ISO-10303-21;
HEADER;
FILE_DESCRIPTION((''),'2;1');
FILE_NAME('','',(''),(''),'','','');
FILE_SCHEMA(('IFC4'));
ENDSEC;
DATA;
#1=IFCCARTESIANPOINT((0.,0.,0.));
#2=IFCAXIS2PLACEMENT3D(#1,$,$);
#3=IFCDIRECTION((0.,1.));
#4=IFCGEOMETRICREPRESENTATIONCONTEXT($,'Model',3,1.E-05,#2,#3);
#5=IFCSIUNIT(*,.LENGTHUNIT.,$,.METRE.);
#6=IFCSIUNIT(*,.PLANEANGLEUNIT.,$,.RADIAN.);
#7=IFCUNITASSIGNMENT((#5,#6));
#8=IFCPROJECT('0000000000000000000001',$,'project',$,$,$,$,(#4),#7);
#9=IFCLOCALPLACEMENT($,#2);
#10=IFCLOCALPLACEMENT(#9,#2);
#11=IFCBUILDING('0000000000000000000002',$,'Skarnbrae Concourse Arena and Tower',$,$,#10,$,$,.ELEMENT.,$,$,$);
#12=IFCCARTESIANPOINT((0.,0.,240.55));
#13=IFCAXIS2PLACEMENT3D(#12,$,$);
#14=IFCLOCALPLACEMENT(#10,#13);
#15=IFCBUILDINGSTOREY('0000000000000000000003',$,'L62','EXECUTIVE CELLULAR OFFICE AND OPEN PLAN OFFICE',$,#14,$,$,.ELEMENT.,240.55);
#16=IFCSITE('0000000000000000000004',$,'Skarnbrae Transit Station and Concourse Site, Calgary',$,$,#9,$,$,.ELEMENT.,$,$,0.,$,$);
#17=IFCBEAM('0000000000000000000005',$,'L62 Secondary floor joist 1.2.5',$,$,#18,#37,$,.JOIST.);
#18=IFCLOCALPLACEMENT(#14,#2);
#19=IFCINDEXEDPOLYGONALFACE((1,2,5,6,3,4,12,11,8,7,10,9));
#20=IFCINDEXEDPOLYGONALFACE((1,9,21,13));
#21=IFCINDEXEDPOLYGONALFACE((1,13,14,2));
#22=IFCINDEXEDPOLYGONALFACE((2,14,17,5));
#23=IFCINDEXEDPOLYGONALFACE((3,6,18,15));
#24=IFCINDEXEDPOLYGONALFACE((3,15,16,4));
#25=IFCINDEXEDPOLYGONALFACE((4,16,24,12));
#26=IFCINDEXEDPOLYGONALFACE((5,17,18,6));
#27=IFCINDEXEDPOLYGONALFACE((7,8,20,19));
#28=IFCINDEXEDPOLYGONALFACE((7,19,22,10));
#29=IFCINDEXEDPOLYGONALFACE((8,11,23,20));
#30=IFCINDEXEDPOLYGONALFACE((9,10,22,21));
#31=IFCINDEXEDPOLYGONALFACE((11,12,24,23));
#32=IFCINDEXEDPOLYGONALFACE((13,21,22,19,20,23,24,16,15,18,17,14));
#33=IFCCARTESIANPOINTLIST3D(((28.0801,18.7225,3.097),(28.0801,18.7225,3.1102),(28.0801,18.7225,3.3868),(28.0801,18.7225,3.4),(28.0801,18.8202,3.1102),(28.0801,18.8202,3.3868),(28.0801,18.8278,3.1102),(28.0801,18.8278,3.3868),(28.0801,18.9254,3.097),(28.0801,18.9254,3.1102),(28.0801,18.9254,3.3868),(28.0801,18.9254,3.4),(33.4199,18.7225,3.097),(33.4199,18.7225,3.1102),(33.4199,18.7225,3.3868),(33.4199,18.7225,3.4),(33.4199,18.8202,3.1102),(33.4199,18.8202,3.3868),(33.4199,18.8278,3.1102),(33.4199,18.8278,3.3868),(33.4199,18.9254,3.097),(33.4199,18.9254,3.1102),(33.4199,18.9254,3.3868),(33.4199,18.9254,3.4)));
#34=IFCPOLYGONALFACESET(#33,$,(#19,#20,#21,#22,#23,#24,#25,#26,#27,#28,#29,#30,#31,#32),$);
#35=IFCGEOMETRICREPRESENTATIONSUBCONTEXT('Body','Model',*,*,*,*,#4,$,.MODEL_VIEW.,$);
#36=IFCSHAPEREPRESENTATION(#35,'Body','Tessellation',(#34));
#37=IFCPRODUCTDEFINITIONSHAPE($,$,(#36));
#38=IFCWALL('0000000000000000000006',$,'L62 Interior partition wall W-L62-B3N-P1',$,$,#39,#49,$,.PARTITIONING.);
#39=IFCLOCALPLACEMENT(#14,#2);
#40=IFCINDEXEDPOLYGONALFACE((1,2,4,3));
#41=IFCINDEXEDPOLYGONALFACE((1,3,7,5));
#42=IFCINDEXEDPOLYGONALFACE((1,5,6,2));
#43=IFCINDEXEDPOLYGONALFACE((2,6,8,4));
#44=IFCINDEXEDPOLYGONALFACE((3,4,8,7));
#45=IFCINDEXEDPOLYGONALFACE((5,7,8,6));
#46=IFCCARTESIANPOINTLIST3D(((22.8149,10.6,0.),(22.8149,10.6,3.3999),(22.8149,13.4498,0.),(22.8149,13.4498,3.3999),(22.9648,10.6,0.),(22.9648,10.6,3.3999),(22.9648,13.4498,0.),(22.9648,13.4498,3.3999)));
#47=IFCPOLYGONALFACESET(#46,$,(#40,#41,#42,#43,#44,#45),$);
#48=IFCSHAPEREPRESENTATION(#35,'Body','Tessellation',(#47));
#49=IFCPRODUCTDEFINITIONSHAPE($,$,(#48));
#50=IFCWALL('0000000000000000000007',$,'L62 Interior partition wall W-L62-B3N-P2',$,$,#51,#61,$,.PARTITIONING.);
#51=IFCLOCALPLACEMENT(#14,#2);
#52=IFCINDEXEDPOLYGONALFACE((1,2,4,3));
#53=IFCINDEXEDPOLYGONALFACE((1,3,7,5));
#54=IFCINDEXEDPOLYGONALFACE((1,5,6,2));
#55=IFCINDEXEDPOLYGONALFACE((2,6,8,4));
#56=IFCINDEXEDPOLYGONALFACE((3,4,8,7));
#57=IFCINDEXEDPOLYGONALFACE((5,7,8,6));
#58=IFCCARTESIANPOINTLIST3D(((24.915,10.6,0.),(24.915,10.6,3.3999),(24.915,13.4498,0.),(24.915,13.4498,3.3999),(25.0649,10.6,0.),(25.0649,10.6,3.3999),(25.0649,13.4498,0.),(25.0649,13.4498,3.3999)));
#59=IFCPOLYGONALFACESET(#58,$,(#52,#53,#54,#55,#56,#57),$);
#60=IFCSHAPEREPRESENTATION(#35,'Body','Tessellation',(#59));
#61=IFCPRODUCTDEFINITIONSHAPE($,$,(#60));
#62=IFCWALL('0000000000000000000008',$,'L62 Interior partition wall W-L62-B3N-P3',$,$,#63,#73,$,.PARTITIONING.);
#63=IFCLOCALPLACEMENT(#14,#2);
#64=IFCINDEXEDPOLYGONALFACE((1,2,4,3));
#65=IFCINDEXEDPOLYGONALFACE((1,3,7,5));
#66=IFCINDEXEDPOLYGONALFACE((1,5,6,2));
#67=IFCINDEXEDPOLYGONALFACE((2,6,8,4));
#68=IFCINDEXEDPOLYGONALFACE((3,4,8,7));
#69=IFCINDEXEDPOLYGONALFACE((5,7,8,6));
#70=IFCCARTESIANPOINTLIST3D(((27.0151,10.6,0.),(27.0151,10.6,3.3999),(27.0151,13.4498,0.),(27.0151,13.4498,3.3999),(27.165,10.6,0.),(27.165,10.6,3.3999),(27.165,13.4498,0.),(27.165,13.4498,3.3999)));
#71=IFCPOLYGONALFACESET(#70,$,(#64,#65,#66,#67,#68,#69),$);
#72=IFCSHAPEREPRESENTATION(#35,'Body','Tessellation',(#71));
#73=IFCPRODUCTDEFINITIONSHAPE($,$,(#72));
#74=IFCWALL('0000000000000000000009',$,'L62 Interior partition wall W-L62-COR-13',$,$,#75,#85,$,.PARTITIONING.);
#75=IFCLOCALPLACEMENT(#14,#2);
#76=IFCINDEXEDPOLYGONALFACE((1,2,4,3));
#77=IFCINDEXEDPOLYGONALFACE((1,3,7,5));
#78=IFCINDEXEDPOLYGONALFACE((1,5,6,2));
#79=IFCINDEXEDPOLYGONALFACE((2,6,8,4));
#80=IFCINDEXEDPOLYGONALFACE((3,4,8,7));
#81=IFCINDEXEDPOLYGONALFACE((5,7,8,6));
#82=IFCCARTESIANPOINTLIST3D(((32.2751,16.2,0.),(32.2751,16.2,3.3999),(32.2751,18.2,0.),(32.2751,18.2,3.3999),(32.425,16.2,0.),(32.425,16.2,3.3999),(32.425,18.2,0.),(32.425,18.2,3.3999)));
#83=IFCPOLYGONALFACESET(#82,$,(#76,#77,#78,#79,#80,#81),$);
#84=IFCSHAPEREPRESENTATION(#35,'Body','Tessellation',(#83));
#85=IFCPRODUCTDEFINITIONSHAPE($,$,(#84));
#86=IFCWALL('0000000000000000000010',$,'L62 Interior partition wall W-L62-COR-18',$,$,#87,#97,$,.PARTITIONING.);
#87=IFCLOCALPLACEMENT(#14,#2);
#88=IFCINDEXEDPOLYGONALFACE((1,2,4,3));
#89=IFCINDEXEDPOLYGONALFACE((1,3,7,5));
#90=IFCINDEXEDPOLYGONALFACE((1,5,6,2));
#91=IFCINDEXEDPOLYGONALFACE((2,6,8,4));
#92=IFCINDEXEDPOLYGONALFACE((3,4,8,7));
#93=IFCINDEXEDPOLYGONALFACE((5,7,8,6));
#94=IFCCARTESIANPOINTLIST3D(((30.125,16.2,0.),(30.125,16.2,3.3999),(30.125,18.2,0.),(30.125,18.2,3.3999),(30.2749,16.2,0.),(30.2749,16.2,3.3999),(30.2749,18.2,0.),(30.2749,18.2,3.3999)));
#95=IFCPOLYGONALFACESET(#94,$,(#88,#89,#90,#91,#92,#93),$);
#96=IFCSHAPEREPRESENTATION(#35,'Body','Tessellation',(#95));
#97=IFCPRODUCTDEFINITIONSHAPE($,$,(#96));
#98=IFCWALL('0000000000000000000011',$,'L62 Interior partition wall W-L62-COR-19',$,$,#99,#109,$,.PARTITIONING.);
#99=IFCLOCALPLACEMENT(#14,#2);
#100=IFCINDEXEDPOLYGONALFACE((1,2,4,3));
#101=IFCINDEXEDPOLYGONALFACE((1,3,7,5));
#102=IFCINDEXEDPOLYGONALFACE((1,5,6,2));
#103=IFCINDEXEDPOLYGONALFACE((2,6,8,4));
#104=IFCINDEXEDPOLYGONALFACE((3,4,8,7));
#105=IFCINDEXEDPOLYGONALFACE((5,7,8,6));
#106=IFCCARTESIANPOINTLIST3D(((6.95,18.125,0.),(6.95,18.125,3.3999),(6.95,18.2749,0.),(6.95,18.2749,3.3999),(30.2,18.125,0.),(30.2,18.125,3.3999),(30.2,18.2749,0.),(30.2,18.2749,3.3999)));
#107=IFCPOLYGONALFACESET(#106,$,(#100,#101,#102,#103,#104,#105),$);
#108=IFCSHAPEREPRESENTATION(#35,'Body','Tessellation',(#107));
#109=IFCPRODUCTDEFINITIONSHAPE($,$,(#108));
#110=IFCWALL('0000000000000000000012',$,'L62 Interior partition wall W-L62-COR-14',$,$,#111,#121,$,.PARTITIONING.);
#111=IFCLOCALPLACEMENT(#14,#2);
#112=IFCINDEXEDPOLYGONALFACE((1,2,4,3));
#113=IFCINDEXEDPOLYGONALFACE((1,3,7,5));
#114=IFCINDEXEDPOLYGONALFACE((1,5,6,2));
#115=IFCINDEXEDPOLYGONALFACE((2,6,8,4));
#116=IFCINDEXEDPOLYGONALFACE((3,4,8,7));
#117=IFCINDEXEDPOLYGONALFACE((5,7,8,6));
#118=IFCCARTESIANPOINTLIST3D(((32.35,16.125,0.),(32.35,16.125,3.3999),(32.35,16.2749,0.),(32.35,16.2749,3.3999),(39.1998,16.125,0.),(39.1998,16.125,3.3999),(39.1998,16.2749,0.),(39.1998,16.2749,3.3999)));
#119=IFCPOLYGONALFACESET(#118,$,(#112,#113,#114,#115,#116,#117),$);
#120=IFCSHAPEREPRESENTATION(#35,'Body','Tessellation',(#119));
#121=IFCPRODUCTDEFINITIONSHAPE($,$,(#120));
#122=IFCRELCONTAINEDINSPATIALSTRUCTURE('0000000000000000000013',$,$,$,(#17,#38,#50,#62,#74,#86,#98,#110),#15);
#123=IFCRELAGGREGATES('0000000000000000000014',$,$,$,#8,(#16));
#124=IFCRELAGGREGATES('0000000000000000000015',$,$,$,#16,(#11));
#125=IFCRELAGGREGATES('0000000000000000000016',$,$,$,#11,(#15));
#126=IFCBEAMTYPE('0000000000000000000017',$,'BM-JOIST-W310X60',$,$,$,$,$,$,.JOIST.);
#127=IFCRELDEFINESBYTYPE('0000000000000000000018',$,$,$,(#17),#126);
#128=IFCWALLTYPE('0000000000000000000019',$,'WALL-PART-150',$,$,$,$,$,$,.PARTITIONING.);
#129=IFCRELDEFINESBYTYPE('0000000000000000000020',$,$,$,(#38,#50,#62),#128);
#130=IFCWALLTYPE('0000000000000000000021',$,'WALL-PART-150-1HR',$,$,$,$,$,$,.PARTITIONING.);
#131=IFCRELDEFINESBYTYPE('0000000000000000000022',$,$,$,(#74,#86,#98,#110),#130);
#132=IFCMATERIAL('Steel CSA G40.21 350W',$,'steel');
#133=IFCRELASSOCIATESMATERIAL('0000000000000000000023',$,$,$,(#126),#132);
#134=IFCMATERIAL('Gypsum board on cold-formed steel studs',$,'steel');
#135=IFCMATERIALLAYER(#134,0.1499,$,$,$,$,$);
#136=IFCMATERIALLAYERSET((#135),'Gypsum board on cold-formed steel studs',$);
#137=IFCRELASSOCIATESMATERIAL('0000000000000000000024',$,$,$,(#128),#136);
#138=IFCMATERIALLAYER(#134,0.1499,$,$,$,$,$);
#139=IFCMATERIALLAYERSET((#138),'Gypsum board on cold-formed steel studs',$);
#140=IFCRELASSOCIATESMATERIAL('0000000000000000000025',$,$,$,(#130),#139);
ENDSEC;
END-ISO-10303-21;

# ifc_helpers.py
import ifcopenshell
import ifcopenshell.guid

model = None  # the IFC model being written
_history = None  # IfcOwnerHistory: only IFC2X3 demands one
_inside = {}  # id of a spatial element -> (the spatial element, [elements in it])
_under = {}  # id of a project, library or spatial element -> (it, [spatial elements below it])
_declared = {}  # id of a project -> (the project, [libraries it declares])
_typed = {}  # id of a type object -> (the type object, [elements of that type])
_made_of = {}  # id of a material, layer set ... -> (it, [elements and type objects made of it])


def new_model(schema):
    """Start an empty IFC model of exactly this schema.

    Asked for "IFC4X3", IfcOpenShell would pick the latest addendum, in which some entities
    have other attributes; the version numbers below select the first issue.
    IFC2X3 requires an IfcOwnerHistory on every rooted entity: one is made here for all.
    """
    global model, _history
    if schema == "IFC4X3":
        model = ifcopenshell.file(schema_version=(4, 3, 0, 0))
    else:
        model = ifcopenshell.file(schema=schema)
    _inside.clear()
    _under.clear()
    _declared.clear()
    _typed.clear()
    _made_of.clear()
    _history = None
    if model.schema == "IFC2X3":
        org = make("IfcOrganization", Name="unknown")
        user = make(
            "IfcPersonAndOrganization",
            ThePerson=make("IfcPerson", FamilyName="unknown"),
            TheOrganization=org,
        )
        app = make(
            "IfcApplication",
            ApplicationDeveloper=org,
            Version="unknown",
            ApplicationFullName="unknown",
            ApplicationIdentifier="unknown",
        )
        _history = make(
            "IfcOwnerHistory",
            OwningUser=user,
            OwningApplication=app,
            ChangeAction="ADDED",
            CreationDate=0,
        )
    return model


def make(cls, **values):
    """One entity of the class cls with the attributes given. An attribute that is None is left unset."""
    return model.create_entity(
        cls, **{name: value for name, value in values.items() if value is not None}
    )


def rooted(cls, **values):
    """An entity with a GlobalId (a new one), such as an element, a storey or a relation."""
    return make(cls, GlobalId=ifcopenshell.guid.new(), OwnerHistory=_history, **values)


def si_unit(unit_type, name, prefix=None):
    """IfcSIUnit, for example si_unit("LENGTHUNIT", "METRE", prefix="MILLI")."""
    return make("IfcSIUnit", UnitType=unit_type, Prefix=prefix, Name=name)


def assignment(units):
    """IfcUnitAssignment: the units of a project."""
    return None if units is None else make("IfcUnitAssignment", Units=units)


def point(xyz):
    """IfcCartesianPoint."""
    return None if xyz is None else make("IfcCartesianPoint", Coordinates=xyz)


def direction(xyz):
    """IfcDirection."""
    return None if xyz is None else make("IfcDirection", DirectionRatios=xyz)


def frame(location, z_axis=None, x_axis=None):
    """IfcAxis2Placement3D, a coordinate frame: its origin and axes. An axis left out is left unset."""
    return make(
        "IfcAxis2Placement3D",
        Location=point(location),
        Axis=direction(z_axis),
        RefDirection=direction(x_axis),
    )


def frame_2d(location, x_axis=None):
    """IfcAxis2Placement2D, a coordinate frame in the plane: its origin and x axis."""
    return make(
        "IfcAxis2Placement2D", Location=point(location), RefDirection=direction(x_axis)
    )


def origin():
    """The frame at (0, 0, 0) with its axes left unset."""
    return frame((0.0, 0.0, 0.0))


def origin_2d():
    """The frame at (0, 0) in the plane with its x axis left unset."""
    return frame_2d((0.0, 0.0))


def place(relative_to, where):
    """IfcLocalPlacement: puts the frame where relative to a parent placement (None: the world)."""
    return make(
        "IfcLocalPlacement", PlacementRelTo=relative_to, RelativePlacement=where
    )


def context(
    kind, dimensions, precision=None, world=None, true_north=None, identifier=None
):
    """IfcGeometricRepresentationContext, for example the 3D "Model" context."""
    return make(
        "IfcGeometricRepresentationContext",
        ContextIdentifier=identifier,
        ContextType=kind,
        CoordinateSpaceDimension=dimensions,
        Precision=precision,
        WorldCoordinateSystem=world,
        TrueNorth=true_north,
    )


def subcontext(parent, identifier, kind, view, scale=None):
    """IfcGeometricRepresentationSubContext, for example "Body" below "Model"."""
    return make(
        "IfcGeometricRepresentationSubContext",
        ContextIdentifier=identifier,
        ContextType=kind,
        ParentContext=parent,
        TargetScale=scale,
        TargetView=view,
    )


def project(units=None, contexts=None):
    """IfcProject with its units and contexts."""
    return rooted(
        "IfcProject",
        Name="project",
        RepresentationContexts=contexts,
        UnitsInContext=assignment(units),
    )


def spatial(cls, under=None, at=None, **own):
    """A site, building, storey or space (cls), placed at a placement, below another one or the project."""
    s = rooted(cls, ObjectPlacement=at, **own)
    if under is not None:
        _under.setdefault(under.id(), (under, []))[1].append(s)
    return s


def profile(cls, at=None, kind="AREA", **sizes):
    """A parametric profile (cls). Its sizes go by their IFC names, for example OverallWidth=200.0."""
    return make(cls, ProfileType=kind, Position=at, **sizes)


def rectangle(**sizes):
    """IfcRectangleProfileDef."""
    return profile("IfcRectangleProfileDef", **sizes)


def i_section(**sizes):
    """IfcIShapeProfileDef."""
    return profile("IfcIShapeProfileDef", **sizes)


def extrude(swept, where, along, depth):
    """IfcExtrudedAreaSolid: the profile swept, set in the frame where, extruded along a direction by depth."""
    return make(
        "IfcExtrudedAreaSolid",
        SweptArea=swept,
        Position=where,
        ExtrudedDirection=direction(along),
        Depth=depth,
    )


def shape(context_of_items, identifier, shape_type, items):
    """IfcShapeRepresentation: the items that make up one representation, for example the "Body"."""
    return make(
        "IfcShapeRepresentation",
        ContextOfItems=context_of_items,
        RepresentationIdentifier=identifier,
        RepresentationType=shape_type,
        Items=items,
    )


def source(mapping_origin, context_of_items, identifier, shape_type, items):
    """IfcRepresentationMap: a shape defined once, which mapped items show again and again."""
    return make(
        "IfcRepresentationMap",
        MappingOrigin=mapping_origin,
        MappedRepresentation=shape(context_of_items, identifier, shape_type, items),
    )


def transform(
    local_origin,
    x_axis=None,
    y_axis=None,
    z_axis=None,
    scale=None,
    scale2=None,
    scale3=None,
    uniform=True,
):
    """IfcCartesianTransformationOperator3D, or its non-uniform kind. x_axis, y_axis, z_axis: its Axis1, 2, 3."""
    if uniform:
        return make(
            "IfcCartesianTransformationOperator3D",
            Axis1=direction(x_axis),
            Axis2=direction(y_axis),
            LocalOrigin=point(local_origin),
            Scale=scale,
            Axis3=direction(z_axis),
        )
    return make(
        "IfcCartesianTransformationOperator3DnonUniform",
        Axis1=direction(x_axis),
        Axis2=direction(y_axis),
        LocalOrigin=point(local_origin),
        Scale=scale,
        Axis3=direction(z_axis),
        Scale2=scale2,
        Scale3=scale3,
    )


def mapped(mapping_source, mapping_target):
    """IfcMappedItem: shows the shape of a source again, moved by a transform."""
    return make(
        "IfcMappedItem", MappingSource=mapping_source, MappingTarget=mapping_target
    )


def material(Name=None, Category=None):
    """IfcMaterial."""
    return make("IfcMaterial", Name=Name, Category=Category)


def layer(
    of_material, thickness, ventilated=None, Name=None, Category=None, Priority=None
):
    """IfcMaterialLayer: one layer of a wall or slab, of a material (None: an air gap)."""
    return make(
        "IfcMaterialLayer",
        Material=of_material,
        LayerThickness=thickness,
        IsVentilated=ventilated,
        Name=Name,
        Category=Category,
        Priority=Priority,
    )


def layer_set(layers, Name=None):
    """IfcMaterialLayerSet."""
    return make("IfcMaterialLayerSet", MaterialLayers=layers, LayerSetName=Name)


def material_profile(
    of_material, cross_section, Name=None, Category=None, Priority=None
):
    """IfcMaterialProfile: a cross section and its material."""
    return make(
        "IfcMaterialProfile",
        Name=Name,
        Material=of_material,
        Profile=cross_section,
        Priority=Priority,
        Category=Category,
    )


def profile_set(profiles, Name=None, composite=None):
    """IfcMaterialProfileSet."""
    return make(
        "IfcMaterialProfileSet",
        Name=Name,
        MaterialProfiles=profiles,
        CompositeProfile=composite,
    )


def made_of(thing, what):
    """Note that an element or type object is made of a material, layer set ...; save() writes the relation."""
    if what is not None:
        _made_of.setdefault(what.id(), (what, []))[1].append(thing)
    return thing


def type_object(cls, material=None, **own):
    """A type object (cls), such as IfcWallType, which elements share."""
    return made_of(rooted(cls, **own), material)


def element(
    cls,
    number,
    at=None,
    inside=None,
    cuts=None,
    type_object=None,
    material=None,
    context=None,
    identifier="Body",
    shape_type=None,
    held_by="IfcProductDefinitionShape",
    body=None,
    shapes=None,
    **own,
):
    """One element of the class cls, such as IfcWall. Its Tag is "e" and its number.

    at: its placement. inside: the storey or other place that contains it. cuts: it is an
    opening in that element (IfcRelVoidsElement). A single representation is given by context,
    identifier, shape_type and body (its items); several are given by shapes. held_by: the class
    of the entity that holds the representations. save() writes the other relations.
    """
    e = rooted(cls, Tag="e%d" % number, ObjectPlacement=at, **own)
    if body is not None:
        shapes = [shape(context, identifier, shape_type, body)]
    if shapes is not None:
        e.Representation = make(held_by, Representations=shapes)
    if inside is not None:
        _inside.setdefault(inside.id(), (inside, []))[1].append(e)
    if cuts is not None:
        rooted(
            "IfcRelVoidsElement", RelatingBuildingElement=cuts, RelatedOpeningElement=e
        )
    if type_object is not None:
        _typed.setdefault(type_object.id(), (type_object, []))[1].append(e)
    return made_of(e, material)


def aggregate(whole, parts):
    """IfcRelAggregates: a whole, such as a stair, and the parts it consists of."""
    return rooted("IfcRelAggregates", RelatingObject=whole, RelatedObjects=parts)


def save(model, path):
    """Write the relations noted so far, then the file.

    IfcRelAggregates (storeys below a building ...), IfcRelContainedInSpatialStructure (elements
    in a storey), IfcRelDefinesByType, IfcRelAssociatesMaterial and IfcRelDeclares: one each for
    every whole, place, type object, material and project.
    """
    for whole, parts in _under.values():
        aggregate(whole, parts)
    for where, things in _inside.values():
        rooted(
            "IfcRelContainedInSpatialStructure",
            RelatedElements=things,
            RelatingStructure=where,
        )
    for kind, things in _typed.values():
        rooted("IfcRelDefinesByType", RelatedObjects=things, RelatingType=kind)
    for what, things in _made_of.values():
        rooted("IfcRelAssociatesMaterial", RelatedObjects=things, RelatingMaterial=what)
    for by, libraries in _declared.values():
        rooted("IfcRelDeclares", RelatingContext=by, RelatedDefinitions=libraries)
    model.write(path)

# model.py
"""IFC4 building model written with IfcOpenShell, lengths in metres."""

from ifc_helpers import new_model, si_unit, direction, frame, frame_2d, origin, origin_2d, place, context, subcontext, project, spatial, rectangle, i_section, extrude, source, transform, mapped, material, layer, layer_set, material_profile, profile_set, type_object, element, save


model = new_model("IFC4")

# Units and contexts
model_context = context("Model", 3, precision=1e-05, world=origin(), true_north=direction((0.0, 1.0)))
body_context = subcontext(model_context, "Body", "Model", "MODEL_VIEW")
ifc_project = project(units=[si_unit("LENGTHUNIT", "METRE"), si_unit("PLANEANGLEUNIT", "RADIAN")], contexts=[model_context])

# Site, building, storey
site_placement = place(None, origin())
site = spatial("IfcSite", under=ifc_project, at=site_placement, Name="Skarnbrae Transit Station and Concourse Site, Calgary", CompositionType="ELEMENT", RefElevation=0.0)
building_placement = place(site_placement, origin())
building = spatial("IfcBuilding", under=site, at=building_placement, Name="Skarnbrae Concourse Arena and Tower", CompositionType="ELEMENT")
storey_placement = place(building_placement, frame((0.0, 0.0, 240.55)))
storey = spatial("IfcBuildingStorey", under=building, at=storey_placement, Name="L62", Description="EXECUTIVE CELLULAR OFFICE AND OPEN PLAN OFFICE", CompositionType="ELEMENT", Elevation=240.55)

# Shared definitions
ifc_material_1 = material(Name="Steel CSA G40.21 350W", Category="steel")

# Beam
ifc_material_profile_1 = material_profile(ifc_material_1, i_section(OverallWidth=0.2029, OverallDepth=0.303, WebThickness=0.0076, FlangeThickness=0.0132, at=origin_2d()), Name="W310X60")
ifc_profile_set_1 = profile_set([ifc_material_profile_1], Name="Steel CSA G40.21 350W")
beam_type_1 = type_object("IfcBeamType", Name="BM-JOIST-W310X60", PredefinedType="JOIST", material=ifc_profile_set_1)
shared_shape_1 = source(origin(), body_context, "Body", "SweptSolid", [
    extrude(i_section(OverallWidth=0.2029, OverallDepth=0.303, WebThickness=0.0076, FlangeThickness=0.0132, at=origin_2d()), origin(), (0.0, 0.0, 1.0), 5.3398),
])
for number, where, z_axis, x_axis, name in (
    (1, (28.0801, 18.824, 3.2485), (1.0, 0.0, 0.0), (0.0, 1.0, 0.0), "L62 Secondary floor joist 1.2.5"),
):
    element("IfcBeam", number, at=place(storey_placement, frame(where, z_axis=z_axis, x_axis=x_axis)), inside=storey, type_object=beam_type_1, Name=name, PredefinedType="JOIST", context=body_context, shape_type="MappedRepresentation", body=[
        mapped(shared_shape_1, transform((0.0, 0.0, 0.0))),
    ])

# Walls
ifc_material_2 = material(Name="Gypsum board on cold-formed steel studs", Category="steel")
ifc_layer_1 = layer(ifc_material_2, 0.1499)
ifc_layer_set_1 = layer_set([ifc_layer_1], Name="Gypsum board on cold-formed steel studs")
wall_type_1 = type_object("IfcWallType", Name="WALL-PART-150", PredefinedType="PARTITIONING", material=ifc_layer_set_1)
shared_shape_2 = source(origin(), body_context, "Body", "SweptSolid", [
    extrude(rectangle(XDim=2.8499, YDim=0.1499, at=frame_2d((1.4248, 0.0))), origin(), (0.0, 0.0, 1.0), 3.3999),
])
for number, where, z_axis, x_axis, name in (
    (2, (22.8899, 10.6001, 0.0), (0.0, 0.0, 1.0), (0.0, 1.0, 0.0), "L62 Interior partition wall W-L62-B3N-P1"),
    (3, (24.99, 10.6001, 0.0), (0.0, 0.0, 1.0), (0.0, 1.0, 0.0), "L62 Interior partition wall W-L62-B3N-P2"),
    (4, (27.0901, 10.6001, 0.0), (0.0, 0.0, 1.0), (0.0, 1.0, 0.0), "L62 Interior partition wall W-L62-B3N-P3"),
):
    element("IfcWall", number, at=place(storey_placement, frame(where, z_axis=z_axis, x_axis=x_axis)), inside=storey, type_object=wall_type_1, Name=name, PredefinedType="PARTITIONING", context=body_context, shape_type="MappedRepresentation", body=[
        mapped(shared_shape_2, transform((0.0, 0.0, 0.0))),
    ])
ifc_layer_2 = layer(ifc_material_2, 0.1499)
ifc_layer_set_2 = layer_set([ifc_layer_2], Name="Gypsum board on cold-formed steel studs")
wall_type_2 = type_object("IfcWallType", Name="WALL-PART-150-1HR", PredefinedType="PARTITIONING", material=ifc_layer_set_2)
shared_shape_3 = source(origin(), body_context, "Body", "SweptSolid", [
    extrude(rectangle(XDim=2.0, YDim=0.1499, at=frame_2d((1.0, 0.0))), origin(), (0.0, 0.0, 1.0), 3.3999),
])
for number, where, z_axis, x_axis, name in (
    (5, (32.3501, 18.2, 0.0), (0.0, 0.0, 1.0), (0.0, -1.0, 0.0), "L62 Interior partition wall W-L62-COR-13"),
    (6, (30.2, 16.2, 0.0), (0.0, 0.0, 1.0), (0.0, 1.0, 0.0), "L62 Interior partition wall W-L62-COR-18"),
):
    element("IfcWall", number, at=place(storey_placement, frame(where, z_axis=z_axis, x_axis=x_axis)), inside=storey, type_object=wall_type_2, Name=name, PredefinedType="PARTITIONING", context=body_context, shape_type="MappedRepresentation", body=[
        mapped(shared_shape_3, transform((0.0, 0.0, 0.0))),
    ])
shared_shape_4 = source(origin(), body_context, "Body", "SweptSolid", [
    extrude(rectangle(XDim=23.25, YDim=0.1499, at=frame_2d((11.625, 0.0))), origin(), (0.0, 0.0, 1.0), 3.3999),
])
wall_1_placement = place(storey_placement, frame((30.2, 18.2, 0.0), z_axis=(0.0, 0.0, 1.0), x_axis=(-1.0, 0.0, 0.0)))
element("IfcWall", 7, at=wall_1_placement, inside=storey, type_object=wall_type_2, Name="L62 Interior partition wall W-L62-COR-19", PredefinedType="PARTITIONING", context=body_context, shape_type="MappedRepresentation", body=[
    mapped(shared_shape_4, transform((0.0, 0.0, 0.0))),
])
shared_shape_5 = source(origin(), body_context, "Body", "SweptSolid", [
    extrude(rectangle(XDim=6.8499, YDim=0.1499, at=frame_2d((3.4248, 0.0))), origin(), (0.0, 0.0, 1.0), 3.3999),
])
wall_2_placement = place(storey_placement, frame((32.3501, 16.2, 0.0), z_axis=(0.0, 0.0, 1.0), x_axis=(1.0, 0.0, 0.0)))
element("IfcWall", 8, at=wall_2_placement, inside=storey, type_object=wall_type_2, Name="L62 Interior partition wall W-L62-COR-14", PredefinedType="PARTITIONING", context=body_context, shape_type="MappedRepresentation", body=[
    mapped(shared_shape_5, transform((0.0, 0.0, 0.0))),
])

save(model, "model.ifc")
